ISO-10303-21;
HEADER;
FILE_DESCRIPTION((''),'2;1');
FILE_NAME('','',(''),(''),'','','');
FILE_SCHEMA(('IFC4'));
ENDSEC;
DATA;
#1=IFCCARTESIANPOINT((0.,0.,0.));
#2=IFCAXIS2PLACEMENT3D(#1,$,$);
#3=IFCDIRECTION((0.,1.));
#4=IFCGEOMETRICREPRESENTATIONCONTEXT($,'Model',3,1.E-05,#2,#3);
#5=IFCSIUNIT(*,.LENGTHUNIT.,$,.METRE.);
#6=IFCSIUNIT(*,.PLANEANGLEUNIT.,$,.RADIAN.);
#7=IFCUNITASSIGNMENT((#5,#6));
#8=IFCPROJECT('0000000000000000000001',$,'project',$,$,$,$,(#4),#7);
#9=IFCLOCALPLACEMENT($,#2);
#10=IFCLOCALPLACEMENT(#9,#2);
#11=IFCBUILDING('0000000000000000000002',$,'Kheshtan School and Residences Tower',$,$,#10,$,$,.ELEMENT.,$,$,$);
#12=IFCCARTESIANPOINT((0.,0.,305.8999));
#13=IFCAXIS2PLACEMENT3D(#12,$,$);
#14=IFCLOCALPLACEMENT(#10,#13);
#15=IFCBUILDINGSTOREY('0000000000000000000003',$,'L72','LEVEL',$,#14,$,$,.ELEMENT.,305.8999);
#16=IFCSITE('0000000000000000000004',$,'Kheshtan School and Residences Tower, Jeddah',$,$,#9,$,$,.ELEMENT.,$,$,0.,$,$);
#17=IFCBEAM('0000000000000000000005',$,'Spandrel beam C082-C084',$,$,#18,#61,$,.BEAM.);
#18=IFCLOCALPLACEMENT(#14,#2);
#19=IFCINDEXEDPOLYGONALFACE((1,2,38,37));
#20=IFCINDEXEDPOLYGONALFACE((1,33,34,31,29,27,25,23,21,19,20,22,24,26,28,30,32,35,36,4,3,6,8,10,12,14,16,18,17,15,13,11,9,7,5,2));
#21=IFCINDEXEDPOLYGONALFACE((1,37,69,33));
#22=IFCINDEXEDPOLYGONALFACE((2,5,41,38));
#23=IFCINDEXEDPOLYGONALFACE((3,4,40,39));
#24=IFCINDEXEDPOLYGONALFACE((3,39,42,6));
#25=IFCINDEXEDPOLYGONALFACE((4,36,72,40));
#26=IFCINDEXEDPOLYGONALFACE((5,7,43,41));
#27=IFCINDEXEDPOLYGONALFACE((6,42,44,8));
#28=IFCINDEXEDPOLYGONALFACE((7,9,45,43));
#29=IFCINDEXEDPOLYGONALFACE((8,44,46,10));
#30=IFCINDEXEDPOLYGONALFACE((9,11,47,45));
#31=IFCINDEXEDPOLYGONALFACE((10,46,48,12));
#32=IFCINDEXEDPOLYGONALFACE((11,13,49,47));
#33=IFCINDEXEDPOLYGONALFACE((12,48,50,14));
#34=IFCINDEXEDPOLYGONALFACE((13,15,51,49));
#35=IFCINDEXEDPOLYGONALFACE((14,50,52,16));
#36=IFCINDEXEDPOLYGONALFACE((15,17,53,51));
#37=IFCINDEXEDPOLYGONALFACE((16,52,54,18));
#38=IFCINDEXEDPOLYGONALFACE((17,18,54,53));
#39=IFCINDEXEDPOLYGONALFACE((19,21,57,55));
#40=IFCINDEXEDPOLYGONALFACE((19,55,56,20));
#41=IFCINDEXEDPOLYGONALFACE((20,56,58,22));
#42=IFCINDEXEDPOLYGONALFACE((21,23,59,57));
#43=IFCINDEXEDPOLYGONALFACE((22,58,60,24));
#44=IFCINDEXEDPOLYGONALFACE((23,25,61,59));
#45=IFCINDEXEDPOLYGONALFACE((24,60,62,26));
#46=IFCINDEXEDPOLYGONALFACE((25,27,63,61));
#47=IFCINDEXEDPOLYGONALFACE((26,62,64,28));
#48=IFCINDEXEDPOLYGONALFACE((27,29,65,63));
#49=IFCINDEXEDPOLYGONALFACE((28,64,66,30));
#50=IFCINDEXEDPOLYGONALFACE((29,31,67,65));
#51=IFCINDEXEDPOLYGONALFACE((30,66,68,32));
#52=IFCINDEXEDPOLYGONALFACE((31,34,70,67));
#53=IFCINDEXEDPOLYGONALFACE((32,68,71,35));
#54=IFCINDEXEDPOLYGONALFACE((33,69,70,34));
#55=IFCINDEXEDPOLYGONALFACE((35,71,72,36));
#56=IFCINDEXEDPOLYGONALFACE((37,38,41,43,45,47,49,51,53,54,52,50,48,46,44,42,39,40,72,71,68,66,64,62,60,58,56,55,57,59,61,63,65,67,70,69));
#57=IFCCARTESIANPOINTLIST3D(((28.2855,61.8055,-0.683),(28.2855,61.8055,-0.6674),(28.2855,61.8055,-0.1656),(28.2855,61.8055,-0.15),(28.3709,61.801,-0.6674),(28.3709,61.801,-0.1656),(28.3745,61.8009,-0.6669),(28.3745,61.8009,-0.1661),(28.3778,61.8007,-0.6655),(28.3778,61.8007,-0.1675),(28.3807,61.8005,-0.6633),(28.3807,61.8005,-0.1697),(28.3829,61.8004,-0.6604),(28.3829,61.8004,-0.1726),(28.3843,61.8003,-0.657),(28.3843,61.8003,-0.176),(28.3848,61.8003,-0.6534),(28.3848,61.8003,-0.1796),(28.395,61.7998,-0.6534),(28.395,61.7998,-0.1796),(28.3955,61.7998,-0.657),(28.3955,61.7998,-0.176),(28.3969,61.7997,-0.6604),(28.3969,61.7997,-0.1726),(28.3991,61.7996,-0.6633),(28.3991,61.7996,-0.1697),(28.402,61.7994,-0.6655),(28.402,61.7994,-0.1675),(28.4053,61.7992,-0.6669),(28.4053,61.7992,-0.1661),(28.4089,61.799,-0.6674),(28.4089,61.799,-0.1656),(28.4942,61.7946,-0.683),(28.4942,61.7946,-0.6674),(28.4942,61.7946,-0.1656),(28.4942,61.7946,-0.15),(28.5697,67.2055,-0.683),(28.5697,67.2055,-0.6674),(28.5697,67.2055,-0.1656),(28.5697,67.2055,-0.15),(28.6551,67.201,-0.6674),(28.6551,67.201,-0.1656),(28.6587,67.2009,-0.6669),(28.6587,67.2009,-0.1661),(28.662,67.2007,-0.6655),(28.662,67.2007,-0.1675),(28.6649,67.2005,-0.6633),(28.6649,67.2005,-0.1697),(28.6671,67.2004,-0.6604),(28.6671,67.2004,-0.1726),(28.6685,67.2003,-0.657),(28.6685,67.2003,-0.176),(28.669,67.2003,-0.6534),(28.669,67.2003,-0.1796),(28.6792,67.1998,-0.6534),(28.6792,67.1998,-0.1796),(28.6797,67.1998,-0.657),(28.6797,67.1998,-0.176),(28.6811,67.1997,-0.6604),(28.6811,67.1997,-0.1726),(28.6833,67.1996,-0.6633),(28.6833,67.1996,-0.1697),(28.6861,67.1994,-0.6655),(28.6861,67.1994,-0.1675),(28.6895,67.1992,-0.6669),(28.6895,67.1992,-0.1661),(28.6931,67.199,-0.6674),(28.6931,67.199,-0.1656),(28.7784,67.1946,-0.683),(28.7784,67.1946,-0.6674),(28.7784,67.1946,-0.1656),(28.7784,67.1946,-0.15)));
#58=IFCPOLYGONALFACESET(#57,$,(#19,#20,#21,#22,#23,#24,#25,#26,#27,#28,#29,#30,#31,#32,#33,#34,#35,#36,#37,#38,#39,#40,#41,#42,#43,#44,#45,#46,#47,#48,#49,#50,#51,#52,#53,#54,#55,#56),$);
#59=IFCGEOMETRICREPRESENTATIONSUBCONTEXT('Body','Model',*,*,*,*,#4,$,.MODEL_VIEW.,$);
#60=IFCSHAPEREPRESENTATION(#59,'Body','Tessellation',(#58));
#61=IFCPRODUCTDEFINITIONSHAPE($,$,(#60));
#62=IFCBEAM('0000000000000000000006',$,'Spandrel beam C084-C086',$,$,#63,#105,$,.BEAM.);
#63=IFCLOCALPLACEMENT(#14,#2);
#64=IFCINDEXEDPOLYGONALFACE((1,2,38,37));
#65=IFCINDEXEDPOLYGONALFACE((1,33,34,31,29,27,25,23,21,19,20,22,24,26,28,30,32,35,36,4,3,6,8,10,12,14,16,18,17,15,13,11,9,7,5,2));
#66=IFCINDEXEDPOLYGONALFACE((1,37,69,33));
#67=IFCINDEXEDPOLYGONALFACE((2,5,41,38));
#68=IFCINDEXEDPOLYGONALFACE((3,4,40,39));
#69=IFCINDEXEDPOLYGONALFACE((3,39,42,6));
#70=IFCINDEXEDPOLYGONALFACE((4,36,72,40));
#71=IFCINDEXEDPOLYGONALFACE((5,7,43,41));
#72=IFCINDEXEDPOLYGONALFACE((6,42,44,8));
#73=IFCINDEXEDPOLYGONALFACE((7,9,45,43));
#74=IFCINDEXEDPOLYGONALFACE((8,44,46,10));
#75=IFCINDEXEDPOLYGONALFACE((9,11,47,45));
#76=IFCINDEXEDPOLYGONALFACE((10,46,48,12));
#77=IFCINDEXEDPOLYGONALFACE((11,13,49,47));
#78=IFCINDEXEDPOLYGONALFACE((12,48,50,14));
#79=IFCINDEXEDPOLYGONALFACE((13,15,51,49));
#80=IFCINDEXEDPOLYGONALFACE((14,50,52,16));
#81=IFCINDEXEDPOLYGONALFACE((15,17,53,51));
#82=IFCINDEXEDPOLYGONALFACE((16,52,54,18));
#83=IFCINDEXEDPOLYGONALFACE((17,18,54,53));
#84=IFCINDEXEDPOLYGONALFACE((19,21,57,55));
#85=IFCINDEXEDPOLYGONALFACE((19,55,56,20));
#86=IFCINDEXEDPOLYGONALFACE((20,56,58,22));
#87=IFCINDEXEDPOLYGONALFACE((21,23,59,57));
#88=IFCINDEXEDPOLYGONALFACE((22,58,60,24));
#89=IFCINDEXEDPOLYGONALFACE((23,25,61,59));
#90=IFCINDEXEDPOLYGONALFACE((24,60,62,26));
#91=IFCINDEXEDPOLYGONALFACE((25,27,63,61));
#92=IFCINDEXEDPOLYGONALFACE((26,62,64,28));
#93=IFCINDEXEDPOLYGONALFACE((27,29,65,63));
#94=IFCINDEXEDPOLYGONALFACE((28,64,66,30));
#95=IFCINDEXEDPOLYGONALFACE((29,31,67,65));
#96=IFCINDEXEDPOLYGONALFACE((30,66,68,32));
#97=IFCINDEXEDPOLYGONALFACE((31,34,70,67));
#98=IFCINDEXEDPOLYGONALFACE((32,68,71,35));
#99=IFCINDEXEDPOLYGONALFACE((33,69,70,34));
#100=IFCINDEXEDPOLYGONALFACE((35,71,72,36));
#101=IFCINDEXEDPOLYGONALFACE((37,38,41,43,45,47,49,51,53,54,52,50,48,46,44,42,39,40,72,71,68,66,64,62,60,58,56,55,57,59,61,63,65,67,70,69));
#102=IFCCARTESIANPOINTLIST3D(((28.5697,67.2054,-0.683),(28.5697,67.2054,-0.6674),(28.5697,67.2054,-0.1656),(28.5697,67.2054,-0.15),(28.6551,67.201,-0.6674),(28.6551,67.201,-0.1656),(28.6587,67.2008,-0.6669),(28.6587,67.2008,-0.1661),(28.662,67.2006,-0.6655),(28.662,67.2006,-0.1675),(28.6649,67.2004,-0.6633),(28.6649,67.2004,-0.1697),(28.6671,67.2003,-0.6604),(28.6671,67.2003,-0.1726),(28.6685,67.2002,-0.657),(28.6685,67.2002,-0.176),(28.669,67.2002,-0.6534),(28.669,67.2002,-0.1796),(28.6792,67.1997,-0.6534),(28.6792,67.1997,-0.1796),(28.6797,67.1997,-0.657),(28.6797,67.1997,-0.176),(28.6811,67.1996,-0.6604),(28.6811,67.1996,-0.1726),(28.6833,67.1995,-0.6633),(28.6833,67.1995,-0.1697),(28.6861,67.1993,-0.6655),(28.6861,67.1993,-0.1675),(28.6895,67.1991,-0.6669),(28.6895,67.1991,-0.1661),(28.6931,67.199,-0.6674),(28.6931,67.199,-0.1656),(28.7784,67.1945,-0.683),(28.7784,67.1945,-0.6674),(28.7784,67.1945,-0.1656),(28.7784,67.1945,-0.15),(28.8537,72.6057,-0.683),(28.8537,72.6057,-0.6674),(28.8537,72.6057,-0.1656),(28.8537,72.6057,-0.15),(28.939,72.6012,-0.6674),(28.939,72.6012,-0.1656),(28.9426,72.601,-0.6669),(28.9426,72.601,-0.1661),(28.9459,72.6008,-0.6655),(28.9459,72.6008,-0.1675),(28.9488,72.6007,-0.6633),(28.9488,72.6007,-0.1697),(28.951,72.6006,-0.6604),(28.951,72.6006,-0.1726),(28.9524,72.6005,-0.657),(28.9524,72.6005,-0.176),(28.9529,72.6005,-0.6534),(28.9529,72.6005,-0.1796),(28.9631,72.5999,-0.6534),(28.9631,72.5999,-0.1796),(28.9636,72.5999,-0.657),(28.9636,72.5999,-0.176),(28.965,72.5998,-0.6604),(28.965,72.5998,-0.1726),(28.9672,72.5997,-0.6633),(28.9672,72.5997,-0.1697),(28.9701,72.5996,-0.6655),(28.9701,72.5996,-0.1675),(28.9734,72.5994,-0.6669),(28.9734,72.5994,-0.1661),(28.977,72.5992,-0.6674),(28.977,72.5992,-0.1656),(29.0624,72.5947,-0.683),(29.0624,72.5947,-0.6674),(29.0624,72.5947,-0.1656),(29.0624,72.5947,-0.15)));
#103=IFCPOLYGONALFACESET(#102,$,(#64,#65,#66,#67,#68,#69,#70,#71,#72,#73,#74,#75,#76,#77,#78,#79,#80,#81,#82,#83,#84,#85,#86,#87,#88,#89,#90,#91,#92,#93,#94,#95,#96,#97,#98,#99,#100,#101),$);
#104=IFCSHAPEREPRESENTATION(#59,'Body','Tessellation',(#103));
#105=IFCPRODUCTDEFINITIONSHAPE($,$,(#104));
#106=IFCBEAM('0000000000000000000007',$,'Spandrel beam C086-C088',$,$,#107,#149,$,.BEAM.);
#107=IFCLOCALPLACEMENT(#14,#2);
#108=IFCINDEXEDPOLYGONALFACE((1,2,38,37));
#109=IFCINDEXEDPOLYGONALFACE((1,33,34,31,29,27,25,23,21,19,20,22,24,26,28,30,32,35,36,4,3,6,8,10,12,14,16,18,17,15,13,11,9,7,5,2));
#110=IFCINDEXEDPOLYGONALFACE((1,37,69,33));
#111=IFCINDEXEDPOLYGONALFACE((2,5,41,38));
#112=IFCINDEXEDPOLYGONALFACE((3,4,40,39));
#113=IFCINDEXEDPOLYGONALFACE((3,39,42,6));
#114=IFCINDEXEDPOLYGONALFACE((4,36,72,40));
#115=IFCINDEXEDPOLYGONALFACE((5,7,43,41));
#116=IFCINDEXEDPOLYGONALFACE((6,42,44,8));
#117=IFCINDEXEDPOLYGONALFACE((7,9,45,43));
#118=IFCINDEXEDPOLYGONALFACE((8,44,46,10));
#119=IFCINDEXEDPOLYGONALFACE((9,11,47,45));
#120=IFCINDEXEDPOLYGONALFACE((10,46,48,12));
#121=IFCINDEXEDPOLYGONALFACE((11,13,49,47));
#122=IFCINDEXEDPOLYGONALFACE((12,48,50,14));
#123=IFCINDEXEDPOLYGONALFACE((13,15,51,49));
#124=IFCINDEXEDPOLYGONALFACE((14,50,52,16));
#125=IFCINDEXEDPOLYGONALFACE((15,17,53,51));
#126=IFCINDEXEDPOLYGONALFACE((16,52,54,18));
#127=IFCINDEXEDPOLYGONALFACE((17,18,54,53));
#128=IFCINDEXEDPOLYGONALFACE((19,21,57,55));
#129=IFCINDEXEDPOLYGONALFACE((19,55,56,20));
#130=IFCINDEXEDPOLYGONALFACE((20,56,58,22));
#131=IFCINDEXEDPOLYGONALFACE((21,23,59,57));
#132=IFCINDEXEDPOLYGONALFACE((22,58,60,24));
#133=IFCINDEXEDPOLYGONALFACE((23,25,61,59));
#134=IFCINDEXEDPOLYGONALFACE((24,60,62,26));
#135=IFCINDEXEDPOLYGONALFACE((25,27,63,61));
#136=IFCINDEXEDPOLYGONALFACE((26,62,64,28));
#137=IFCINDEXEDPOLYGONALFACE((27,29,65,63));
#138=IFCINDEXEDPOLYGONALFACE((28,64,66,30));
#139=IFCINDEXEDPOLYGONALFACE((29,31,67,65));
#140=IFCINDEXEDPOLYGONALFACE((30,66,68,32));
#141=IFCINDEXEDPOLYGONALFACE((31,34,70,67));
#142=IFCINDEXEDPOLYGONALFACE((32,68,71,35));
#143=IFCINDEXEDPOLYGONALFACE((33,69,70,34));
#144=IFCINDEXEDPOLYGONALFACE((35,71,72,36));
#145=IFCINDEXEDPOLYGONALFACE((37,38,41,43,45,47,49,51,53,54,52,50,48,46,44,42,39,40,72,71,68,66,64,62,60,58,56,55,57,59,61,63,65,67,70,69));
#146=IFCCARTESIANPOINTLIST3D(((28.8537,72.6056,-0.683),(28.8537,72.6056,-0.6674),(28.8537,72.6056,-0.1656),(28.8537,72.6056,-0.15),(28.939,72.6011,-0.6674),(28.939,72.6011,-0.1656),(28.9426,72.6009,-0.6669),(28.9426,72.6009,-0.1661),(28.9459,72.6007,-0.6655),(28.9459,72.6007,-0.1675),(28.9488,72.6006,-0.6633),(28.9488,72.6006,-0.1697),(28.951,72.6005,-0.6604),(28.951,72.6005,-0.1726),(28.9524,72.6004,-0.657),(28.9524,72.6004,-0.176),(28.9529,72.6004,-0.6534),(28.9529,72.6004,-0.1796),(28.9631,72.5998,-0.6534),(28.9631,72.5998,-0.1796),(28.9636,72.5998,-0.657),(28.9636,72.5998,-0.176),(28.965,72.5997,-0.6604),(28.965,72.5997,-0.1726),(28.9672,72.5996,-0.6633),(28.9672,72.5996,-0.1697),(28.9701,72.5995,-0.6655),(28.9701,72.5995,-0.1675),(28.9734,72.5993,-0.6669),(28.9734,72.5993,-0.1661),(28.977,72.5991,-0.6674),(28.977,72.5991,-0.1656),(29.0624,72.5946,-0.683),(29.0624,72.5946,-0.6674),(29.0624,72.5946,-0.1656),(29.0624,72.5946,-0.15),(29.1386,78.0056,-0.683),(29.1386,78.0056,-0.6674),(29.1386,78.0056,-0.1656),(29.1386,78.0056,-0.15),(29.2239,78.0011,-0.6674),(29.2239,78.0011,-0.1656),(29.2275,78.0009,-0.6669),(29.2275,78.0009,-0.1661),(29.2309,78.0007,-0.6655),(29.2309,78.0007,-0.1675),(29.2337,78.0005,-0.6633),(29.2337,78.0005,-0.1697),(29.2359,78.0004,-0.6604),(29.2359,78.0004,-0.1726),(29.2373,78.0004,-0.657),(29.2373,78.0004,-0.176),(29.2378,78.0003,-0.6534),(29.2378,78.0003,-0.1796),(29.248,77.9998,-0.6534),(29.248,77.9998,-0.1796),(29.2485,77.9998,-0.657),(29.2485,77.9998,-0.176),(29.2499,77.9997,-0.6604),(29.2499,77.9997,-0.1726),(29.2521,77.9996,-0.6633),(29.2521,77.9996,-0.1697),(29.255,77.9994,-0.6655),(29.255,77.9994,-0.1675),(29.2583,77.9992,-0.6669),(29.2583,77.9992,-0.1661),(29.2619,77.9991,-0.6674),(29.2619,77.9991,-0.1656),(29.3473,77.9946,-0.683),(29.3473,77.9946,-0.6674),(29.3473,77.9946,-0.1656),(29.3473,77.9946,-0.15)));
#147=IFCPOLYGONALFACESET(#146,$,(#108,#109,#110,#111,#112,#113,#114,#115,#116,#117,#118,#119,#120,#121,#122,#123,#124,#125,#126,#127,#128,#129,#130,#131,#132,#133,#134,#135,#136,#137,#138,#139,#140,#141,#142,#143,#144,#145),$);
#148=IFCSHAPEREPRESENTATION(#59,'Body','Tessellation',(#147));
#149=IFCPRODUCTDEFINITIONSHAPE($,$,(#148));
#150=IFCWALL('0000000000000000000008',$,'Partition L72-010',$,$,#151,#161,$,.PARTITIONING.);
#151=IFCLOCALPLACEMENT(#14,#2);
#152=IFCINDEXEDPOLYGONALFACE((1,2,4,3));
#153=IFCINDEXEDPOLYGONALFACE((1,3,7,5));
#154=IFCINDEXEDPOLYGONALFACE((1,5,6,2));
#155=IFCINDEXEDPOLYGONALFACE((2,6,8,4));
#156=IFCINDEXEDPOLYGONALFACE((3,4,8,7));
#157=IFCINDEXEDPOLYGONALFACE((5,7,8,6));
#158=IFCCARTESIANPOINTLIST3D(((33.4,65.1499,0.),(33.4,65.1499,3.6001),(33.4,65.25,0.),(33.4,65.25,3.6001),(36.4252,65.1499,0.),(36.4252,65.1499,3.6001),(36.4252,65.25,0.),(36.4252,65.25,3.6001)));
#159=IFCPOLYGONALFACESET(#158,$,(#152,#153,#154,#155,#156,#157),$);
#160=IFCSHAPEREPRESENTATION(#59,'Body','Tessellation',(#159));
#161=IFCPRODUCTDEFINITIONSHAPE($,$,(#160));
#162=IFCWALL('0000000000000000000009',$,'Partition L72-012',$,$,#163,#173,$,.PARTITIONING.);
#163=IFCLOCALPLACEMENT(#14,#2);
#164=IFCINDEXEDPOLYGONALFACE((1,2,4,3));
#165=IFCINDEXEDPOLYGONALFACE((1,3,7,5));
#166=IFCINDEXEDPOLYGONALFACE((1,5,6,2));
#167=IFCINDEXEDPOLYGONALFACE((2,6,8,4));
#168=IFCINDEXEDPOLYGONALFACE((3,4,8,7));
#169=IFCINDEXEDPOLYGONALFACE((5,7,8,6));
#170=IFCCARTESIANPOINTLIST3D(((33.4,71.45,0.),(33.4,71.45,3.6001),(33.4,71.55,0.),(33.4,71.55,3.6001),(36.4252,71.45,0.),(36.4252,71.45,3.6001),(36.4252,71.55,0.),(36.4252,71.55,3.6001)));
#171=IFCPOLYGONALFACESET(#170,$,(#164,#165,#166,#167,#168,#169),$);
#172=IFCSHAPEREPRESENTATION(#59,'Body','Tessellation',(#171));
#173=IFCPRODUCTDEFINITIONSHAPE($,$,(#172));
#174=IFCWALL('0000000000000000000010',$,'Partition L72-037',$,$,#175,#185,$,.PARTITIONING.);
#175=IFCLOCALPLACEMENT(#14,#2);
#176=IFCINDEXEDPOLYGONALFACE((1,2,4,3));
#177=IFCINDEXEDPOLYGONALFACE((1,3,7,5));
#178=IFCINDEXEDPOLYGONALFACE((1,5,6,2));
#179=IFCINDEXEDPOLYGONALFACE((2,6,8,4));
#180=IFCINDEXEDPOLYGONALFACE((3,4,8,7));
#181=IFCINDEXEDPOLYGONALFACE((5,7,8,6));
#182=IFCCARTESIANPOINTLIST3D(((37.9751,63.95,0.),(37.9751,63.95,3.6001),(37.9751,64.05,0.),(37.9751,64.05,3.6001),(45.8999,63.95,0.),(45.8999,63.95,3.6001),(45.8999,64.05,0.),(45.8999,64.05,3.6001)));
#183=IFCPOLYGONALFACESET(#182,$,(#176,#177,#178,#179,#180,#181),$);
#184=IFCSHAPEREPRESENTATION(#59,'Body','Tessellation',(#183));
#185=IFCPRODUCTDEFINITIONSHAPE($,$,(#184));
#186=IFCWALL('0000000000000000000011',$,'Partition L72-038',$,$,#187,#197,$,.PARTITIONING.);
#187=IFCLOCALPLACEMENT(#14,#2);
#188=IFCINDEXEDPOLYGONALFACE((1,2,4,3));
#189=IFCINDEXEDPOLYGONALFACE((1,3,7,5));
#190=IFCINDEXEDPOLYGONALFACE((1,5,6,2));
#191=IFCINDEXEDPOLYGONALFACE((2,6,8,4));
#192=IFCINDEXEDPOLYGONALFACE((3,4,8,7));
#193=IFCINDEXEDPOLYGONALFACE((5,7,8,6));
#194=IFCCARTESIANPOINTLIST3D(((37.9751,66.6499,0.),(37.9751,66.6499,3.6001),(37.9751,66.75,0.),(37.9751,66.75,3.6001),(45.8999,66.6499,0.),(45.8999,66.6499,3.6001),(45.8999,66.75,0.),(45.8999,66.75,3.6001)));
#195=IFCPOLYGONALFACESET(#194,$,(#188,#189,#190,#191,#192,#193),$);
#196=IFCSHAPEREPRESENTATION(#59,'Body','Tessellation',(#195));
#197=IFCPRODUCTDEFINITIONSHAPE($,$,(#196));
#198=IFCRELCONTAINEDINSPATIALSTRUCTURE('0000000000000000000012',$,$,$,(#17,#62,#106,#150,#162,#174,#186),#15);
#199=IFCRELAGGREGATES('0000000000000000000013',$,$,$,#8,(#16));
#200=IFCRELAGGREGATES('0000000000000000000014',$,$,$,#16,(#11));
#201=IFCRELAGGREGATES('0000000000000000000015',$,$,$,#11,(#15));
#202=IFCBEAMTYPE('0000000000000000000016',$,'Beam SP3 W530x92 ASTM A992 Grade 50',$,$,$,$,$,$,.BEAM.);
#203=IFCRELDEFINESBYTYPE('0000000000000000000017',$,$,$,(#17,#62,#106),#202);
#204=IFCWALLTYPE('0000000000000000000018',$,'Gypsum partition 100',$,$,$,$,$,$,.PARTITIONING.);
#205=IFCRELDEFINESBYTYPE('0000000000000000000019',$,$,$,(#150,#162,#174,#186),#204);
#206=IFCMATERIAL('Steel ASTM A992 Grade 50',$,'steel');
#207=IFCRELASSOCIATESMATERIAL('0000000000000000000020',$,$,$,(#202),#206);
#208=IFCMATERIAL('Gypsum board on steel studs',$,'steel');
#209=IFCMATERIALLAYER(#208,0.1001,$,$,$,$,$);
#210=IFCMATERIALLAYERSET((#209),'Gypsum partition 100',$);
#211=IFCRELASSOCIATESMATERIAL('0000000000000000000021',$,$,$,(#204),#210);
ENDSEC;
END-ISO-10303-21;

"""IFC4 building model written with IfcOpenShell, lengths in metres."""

from ifc_helpers import new_model, si_unit, direction, frame, frame_2d, origin, origin_2d, place, context, subcontext, project, spatial, rectangle, i_section, extrude, material, layer, layer_set, material_profile, profile_set, type_object, element, save


model = new_model("IFC4")

# Units and contexts
model_context = context("Model", 3, precision=1e-05, world=origin(), true_north=direction((0.0, 1.0)))
body_context = subcontext(model_context, "Body", "Model", "MODEL_VIEW")
ifc_project = project(units=[si_unit("LENGTHUNIT", "METRE"), si_unit("PLANEANGLEUNIT", "RADIAN")], contexts=[model_context])

# Site, building, storey
site_placement = place(None, origin())
site = spatial("IfcSite", under=ifc_project, at=site_placement, Name="Kheshtan School and Residences Tower, Jeddah", CompositionType="ELEMENT", RefElevation=0.0)
building_placement = place(site_placement, origin())
building = spatial("IfcBuilding", under=site, at=building_placement, Name="Kheshtan School and Residences Tower", CompositionType="ELEMENT")
storey_placement = place(building_placement, frame((0.0, 0.0, 305.8999)))
storey = spatial("IfcBuildingStorey", under=building, at=storey_placement, Name="L72", Description="LEVEL", CompositionType="ELEMENT", Elevation=305.8999)

# Shared definitions
ifc_material_1 = material(Name="Steel ASTM A992 Grade 50", Category="steel")

# Beams
ifc_material_profile_1 = material_profile(ifc_material_1, i_section(OverallWidth=0.209, OverallDepth=0.533, WebThickness=0.0103, FlangeThickness=0.0156, FilletRadius=0.0139, at=origin_2d()), Name="W530x92")
ifc_profile_set_1 = profile_set([ifc_material_profile_1], Name="Steel ASTM A992 Grade 50")
beam_type_1 = type_object("IfcBeamType", Name="Beam SP3 W530x92 ASTM A992 Grade 50", PredefinedType="BEAM", material=ifc_profile_set_1)
beam_1_placement = place(storey_placement, frame((28.3899, 61.8, -0.4165), z_axis=(0.052554, 0.998618, 0.0), x_axis=(-0.998618, 0.052554, 0.0)))
element("IfcBeam", 1, at=beam_1_placement, inside=storey, type_object=beam_type_1, Name="Spandrel beam C082-C084", PredefinedType="BEAM", context=body_context, shape_type="SweptSolid", body=[
    extrude(i_section(OverallWidth=0.209, OverallDepth=0.533, WebThickness=0.0103, FlangeThickness=0.0156, FilletRadius=0.0139, at=origin_2d()), origin(), (0.0, 0.0, 1.0), 5.4075),
])
beam_2_placement = place(storey_placement, frame((28.6741, 67.2, -0.4165), z_axis=(0.052507, 0.998621, 0.0), x_axis=(-0.998621, 0.052507, 0.0)))
element("IfcBeam", 2, at=beam_2_placement, inside=storey, type_object=beam_type_1, Name="Spandrel beam C084-C086", PredefinedType="BEAM", context=body_context, shape_type="SweptSolid", body=[
    extrude(i_section(OverallWidth=0.209, OverallDepth=0.533, WebThickness=0.0103, FlangeThickness=0.0156, FilletRadius=0.0139, at=origin_2d()), origin(), (0.0, 0.0, 1.0), 5.4077),
])
beam_3_placement = place(storey_placement, frame((28.958, 72.6001, -0.4165), z_axis=(0.052689, 0.998611, 0.0), x_axis=(-0.998611, 0.052689, 0.0)))
element("IfcBeam", 3, at=beam_3_placement, inside=storey, type_object=beam_type_1, Name="Spandrel beam C086-C088", PredefinedType="BEAM", context=body_context, shape_type="SweptSolid", body=[
    extrude(i_section(OverallWidth=0.209, OverallDepth=0.533, WebThickness=0.0103, FlangeThickness=0.0156, FilletRadius=0.0139, at=origin_2d()), origin(), (0.0, 0.0, 1.0), 5.4075),
])

# Walls
ifc_material_2 = material(Name="Gypsum board on steel studs", Category="steel")
ifc_layer_1 = layer(ifc_material_2, 0.1001)
ifc_layer_set_1 = layer_set([ifc_layer_1], Name="Gypsum partition 100")
wall_type_1 = type_object("IfcWallType", Name="Gypsum partition 100", PredefinedType="PARTITIONING", material=ifc_layer_set_1)
for number, where, z_axis, x_axis, name in (
    (4, (33.3999, 65.2, 0.0), (0.0, 0.0, 1.0), (1.0, 0.0, 0.0), "Partition L72-010"),
    (5, (33.3999, 71.5, 0.0), (0.0, 0.0, 1.0), (1.0, 0.0, 0.0), "Partition L72-012"),
):
    element("IfcWall", number, at=place(storey_placement, frame(where, z_axis=z_axis, x_axis=x_axis)), inside=storey, type_object=wall_type_1, Name=name, PredefinedType="PARTITIONING", context=body_context, shape_type="SweptSolid", body=[
        extrude(rectangle(XDim=3.0251, YDim=0.1001, at=frame_2d((1.5127, 0.0))), origin(), (0.0, 0.0, 1.0), 3.6001),
    ])
for number, where, z_axis, x_axis, name in (
    (6, (37.9751, 64.0, 0.0), (0.0, 0.0, 1.0), (1.0, 0.0, 0.0), "Partition L72-037"),
    (7, (37.9751, 66.7, 0.0), (0.0, 0.0, 1.0), (1.0, 0.0, 0.0), "Partition L72-038"),
):
    element("IfcWall", number, at=place(storey_placement, frame(where, z_axis=z_axis, x_axis=x_axis)), inside=storey, type_object=wall_type_1, Name=name, PredefinedType="PARTITIONING", context=body_context, shape_type="SweptSolid", body=[
        extrude(rectangle(XDim=7.9248, YDim=0.1001, at=frame_2d((3.9624, 0.0))), origin(), (0.0, 0.0, 1.0), 3.6001),
    ])

save(model, "model.ifc")
